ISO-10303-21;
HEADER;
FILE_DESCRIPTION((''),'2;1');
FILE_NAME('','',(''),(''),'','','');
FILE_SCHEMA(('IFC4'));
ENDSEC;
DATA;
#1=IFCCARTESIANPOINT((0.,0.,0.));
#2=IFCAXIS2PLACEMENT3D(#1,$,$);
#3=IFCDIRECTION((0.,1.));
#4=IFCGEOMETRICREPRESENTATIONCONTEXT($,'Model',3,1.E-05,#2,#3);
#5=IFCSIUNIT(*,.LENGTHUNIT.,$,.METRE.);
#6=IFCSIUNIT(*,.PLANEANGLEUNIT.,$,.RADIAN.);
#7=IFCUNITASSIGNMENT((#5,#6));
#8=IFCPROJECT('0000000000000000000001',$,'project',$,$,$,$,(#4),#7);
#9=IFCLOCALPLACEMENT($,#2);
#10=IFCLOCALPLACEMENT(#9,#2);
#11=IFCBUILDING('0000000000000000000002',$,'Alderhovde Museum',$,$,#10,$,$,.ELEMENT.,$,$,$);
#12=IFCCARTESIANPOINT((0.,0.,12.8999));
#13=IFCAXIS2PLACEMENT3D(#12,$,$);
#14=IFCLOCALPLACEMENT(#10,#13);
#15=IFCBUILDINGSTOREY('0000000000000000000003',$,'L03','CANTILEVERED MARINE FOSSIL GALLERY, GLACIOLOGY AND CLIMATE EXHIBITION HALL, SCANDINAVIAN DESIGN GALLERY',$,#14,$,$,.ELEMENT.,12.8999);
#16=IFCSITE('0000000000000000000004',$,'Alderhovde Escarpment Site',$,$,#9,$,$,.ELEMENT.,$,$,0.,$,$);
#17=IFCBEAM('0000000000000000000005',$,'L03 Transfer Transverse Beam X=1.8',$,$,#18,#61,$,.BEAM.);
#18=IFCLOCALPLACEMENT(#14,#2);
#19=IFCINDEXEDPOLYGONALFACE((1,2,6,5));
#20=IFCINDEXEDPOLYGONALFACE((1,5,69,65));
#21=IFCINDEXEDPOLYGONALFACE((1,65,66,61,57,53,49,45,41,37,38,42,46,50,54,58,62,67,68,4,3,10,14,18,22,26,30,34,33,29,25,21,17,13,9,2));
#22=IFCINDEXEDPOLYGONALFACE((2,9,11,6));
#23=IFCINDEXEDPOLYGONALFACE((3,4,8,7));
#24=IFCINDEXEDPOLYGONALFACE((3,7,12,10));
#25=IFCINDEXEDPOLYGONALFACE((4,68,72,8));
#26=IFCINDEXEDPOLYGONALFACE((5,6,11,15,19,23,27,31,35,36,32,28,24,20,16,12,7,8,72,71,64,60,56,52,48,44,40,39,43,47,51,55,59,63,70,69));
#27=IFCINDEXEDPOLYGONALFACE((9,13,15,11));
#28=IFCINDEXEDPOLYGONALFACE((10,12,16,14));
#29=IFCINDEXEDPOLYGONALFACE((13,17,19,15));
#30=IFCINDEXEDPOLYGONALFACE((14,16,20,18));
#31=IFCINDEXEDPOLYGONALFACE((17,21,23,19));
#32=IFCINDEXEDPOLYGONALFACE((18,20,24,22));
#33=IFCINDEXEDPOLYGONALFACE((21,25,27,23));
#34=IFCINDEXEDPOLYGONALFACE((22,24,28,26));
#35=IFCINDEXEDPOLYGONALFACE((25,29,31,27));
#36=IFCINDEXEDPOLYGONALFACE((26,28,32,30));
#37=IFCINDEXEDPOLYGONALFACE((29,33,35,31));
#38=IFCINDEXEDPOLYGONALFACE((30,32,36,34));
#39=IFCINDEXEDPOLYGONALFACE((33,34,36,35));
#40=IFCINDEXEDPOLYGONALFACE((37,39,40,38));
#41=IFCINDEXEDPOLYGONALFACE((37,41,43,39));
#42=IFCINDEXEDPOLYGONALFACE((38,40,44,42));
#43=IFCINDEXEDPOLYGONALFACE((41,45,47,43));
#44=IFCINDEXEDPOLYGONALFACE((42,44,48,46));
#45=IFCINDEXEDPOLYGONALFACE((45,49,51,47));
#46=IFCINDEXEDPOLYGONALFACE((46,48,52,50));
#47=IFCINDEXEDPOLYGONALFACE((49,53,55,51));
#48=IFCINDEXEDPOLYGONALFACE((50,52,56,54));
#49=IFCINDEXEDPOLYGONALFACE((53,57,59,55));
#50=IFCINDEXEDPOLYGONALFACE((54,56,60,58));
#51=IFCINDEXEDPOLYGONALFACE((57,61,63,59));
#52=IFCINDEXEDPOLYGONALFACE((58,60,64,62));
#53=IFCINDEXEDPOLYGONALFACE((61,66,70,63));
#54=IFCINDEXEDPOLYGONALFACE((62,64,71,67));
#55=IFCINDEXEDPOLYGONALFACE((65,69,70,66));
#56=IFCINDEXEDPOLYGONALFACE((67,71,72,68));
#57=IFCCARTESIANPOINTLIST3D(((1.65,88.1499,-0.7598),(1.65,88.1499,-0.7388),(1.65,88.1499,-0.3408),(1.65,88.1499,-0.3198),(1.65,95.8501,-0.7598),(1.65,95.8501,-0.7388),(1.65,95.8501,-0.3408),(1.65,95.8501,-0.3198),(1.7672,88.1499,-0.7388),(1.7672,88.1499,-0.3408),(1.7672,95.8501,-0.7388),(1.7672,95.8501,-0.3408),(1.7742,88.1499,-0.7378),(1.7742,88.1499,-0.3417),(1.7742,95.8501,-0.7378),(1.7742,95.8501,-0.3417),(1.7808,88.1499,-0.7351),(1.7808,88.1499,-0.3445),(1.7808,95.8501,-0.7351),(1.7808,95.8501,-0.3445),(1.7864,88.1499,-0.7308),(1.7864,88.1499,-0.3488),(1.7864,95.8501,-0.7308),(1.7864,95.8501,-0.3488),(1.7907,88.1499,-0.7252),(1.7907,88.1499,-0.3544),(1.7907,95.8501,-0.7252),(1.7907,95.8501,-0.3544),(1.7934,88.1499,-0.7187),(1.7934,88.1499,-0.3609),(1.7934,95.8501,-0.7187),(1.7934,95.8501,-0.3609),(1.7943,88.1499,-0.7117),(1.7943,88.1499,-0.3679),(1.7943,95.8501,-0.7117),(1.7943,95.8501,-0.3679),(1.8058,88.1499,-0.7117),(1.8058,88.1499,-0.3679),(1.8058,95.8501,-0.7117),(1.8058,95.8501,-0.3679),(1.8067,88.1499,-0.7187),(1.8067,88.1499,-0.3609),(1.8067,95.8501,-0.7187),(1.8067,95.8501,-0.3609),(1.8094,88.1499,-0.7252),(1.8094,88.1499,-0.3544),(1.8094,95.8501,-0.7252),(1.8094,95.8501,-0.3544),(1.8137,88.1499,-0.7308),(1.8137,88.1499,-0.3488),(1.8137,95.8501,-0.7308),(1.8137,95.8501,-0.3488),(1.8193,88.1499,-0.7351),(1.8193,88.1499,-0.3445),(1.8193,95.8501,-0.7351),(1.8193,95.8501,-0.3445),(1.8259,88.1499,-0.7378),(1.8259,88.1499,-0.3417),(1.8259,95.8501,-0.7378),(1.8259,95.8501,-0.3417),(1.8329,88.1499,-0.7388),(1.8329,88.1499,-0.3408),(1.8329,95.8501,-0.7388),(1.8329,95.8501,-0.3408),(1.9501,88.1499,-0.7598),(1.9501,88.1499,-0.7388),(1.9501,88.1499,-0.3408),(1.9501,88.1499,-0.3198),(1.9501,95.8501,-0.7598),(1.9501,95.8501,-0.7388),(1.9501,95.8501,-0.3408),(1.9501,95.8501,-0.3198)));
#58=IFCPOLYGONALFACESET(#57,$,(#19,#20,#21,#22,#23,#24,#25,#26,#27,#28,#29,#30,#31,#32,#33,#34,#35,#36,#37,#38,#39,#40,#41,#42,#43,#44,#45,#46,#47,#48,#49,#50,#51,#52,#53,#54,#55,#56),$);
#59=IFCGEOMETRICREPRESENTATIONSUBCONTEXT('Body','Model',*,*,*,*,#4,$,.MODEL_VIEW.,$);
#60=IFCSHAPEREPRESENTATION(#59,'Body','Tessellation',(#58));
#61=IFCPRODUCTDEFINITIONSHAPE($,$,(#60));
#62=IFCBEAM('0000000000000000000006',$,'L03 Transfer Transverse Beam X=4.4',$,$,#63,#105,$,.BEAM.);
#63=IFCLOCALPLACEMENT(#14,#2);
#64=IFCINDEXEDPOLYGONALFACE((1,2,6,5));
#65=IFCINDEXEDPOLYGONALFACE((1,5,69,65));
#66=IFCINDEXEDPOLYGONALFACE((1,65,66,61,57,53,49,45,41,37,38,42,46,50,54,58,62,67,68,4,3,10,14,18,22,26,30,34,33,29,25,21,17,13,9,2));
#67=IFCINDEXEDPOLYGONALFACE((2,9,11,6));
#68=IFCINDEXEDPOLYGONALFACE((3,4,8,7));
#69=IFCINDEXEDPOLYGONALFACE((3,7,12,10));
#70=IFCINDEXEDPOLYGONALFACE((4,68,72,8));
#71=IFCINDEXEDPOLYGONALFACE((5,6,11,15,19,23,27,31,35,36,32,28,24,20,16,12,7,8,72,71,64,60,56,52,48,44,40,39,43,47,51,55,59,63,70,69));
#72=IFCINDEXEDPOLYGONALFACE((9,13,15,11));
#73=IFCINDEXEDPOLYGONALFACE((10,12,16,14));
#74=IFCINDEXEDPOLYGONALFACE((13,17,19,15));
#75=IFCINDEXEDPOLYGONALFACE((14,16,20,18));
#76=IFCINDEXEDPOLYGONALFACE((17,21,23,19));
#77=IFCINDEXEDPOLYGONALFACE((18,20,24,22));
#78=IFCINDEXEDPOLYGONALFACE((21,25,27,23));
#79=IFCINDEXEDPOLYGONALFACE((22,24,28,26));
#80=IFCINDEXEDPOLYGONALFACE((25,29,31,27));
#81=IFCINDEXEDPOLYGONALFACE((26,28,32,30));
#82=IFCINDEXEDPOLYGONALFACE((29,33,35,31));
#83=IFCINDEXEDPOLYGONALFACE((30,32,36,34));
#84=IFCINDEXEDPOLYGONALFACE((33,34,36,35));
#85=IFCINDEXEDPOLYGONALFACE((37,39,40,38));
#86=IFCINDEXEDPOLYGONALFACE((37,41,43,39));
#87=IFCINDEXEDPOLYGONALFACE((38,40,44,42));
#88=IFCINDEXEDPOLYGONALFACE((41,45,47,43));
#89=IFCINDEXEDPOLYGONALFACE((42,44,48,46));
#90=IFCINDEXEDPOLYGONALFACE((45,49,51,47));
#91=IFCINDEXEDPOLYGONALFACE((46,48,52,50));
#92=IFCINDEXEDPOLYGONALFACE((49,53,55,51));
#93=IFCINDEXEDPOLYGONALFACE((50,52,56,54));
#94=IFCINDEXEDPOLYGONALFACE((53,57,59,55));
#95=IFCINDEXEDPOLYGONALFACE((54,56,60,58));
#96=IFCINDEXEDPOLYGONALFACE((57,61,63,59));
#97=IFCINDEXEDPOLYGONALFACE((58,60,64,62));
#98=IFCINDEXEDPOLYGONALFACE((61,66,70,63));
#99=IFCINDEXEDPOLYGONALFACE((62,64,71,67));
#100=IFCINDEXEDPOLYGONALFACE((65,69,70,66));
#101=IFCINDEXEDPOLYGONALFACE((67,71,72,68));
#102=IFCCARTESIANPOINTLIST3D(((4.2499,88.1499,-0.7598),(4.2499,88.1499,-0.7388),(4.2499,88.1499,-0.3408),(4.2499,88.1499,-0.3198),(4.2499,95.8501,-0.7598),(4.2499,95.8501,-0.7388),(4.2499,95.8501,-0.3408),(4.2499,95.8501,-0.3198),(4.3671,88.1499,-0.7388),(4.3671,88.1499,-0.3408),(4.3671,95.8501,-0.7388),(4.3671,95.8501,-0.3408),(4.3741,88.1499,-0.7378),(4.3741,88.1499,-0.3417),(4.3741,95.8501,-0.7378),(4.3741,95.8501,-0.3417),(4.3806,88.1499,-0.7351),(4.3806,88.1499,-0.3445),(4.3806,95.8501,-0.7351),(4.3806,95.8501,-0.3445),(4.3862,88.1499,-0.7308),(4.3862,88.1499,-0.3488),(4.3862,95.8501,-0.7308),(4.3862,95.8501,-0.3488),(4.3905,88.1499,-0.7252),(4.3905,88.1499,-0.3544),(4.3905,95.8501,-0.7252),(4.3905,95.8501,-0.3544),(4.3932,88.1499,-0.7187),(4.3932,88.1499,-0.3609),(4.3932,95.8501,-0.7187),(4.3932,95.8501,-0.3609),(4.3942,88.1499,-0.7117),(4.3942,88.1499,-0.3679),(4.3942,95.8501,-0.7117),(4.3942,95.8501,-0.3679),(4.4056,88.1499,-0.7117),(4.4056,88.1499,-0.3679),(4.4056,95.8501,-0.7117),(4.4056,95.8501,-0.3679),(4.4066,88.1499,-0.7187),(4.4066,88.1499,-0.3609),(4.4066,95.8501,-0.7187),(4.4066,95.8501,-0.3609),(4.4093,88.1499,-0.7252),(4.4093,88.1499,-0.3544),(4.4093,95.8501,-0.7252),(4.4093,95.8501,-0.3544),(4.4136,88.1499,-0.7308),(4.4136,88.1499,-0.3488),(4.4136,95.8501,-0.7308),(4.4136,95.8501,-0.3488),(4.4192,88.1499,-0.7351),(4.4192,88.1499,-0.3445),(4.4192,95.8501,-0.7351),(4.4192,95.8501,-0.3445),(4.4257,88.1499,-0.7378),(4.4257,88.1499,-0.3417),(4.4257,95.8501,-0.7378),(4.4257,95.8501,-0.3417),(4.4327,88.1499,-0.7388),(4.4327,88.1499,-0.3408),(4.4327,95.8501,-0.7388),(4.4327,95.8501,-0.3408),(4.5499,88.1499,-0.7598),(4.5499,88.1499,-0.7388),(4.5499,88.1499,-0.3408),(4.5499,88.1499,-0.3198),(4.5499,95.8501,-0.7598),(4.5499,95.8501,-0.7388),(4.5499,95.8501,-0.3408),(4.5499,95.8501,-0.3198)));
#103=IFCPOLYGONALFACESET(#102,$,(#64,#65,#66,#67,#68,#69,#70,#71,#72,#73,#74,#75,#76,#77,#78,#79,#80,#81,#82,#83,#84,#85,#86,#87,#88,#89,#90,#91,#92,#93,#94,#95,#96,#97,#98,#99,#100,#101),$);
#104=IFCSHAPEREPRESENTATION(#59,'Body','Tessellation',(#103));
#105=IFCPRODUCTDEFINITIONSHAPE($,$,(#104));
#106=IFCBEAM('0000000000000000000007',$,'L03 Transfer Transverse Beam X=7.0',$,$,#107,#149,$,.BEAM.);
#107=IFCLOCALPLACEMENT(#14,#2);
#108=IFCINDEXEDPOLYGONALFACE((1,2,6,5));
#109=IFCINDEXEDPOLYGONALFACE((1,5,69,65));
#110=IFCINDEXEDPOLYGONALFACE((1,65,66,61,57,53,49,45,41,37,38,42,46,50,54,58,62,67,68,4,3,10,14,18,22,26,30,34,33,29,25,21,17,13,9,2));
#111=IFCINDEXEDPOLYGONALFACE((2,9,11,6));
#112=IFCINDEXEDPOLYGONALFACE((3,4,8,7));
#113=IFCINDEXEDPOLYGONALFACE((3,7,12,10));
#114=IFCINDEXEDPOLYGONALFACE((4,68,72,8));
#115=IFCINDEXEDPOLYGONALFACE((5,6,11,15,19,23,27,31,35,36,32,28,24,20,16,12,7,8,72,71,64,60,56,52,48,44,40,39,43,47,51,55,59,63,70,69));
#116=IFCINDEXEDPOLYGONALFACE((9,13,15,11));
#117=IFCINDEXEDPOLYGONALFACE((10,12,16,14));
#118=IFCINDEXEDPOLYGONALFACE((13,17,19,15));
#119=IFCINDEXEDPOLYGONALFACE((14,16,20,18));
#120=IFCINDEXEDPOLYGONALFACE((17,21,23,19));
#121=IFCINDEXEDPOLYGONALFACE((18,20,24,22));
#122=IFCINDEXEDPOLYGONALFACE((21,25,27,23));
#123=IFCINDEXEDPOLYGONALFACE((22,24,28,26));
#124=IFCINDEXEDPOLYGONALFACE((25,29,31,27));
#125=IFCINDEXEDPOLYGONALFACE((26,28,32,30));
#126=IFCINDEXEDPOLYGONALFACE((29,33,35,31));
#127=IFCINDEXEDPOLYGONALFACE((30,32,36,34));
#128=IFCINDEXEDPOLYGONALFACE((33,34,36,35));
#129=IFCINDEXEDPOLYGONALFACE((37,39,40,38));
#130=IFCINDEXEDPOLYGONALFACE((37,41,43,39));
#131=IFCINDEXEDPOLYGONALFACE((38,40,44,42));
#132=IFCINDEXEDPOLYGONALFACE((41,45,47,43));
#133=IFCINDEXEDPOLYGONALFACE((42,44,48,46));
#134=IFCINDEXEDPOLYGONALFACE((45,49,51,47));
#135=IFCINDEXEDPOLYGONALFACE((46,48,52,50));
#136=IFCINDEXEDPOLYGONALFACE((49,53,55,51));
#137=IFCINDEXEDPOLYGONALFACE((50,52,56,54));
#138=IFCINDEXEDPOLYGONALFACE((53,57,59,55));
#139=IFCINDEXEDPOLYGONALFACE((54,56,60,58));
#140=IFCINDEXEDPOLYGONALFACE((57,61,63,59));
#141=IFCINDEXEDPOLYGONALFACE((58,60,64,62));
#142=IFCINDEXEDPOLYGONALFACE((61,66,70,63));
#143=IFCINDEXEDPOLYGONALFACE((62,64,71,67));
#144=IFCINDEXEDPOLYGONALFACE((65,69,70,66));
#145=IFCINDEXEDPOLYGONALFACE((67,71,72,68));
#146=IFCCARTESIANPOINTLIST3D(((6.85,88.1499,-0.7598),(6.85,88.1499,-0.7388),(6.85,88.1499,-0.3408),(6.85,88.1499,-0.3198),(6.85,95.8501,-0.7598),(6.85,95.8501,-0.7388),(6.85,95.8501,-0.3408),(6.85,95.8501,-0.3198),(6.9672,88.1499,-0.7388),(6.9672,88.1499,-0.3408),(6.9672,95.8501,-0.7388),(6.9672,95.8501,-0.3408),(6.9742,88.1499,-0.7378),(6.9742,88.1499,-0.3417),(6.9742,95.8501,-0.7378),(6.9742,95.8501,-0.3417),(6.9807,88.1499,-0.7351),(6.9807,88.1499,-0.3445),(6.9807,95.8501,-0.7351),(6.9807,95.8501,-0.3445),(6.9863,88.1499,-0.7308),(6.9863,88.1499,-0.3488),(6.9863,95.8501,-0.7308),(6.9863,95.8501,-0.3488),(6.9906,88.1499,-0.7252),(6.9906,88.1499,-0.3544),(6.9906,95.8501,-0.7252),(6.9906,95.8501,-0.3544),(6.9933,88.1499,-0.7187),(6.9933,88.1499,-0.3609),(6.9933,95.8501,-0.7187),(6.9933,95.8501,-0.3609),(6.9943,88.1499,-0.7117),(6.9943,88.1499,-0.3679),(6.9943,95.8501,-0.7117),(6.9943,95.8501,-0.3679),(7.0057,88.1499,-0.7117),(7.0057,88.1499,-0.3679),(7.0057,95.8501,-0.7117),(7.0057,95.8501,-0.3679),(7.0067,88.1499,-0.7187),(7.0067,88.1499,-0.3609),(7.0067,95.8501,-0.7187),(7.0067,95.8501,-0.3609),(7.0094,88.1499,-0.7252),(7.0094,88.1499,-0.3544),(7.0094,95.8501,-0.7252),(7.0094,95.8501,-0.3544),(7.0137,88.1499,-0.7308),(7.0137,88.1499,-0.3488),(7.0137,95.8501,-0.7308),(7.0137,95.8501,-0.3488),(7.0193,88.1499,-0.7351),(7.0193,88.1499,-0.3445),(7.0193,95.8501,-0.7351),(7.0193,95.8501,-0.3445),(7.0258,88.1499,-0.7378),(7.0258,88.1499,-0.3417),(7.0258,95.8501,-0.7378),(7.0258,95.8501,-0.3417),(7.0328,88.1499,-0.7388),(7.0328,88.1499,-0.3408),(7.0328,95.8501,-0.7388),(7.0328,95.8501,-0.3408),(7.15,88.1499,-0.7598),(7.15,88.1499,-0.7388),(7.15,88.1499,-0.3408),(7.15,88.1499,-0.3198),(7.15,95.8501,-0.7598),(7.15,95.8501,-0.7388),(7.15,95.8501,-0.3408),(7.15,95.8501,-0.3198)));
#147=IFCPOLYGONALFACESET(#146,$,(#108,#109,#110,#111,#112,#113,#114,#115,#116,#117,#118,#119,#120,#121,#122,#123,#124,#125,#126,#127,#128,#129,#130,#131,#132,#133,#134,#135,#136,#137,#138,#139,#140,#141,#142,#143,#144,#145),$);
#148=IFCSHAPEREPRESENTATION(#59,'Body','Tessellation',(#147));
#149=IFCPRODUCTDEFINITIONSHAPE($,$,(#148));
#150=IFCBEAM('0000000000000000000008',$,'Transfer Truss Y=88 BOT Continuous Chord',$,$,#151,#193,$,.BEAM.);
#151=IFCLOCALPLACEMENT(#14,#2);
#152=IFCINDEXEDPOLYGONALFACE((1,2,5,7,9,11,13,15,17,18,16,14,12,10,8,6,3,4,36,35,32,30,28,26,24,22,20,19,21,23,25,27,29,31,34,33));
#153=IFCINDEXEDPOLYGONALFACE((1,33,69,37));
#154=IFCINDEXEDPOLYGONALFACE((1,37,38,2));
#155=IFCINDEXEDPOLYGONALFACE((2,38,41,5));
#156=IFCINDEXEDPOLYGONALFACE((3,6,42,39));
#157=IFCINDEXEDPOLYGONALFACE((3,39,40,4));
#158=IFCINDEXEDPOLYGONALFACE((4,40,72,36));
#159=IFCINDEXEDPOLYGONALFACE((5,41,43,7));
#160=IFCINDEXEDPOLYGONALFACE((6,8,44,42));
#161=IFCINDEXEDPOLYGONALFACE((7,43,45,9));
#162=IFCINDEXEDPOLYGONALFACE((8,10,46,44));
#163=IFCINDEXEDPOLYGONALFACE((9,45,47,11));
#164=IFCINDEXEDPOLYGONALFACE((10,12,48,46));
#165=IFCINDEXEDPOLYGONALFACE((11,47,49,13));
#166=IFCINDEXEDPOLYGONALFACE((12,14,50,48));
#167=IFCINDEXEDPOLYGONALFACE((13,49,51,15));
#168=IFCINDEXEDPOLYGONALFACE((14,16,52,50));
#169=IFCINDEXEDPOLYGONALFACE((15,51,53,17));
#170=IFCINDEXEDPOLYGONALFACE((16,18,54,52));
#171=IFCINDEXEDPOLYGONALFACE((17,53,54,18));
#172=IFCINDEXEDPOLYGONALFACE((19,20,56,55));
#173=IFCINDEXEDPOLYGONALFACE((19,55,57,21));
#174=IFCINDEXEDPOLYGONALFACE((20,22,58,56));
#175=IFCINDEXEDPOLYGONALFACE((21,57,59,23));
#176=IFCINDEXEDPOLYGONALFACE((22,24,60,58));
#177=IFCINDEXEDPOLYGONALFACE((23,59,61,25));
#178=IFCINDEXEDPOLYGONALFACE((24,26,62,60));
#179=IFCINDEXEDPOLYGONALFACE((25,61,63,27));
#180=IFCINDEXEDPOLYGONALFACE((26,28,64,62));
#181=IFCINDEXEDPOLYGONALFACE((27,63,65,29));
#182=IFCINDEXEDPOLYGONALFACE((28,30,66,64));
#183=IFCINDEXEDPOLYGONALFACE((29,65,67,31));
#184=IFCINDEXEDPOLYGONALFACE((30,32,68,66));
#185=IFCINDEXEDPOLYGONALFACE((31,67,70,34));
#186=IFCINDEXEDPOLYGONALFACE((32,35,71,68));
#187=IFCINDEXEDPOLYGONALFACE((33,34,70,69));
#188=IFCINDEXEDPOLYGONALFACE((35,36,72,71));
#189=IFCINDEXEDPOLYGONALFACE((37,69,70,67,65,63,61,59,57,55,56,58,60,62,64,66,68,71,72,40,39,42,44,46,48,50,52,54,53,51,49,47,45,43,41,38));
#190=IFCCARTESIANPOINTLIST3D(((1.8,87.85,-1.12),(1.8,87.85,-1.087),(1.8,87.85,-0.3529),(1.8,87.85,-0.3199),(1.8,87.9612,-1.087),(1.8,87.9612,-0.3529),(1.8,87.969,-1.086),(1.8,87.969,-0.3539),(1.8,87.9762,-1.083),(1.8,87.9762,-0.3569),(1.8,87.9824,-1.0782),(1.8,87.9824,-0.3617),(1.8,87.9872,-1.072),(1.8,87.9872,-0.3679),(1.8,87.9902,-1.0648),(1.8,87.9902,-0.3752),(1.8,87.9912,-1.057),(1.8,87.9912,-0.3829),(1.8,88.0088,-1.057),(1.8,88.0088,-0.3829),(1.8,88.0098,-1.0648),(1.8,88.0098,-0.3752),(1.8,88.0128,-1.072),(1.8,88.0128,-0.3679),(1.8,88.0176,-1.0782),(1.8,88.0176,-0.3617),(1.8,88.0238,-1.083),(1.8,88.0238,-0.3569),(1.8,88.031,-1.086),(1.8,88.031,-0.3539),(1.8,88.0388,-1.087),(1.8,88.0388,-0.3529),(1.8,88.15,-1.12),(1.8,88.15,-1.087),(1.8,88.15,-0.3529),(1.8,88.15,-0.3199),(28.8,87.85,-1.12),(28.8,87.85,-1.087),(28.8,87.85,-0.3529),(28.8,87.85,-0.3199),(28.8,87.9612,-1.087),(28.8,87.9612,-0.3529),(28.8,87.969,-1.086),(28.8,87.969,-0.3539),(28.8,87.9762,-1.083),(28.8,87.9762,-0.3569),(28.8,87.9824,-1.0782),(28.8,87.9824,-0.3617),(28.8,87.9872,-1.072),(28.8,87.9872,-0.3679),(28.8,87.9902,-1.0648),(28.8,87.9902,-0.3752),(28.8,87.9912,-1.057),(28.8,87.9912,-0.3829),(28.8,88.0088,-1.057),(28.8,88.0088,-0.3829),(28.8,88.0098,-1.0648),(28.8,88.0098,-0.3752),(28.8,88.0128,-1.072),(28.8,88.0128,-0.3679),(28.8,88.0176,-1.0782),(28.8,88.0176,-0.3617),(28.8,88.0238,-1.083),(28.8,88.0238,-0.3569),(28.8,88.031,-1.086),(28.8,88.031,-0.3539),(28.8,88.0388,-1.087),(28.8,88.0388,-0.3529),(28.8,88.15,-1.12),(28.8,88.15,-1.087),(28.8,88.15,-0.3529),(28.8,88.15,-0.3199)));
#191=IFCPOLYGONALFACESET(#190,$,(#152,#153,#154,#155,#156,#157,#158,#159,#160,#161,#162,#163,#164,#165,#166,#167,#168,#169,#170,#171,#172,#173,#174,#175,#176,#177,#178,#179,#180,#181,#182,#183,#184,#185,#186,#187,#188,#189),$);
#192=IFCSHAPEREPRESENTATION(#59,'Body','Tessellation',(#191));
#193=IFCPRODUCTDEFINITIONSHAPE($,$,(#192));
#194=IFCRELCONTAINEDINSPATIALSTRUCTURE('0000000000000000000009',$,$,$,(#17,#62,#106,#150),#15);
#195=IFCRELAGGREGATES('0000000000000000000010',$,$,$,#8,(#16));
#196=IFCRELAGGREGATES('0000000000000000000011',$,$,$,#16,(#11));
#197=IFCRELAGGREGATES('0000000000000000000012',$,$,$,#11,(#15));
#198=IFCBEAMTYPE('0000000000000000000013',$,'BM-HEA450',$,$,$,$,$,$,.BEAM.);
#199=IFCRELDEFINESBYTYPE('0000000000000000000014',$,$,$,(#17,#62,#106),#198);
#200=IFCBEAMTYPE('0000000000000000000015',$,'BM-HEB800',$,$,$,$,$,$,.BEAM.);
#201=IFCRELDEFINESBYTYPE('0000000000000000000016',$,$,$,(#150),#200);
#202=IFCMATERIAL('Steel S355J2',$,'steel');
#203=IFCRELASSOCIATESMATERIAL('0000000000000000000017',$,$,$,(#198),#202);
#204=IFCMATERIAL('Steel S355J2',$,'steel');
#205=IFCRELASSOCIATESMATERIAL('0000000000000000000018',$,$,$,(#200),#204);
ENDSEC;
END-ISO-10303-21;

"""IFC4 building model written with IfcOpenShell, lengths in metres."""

from ifc_helpers import new_model, si_unit, direction, frame, origin, origin_2d, place, context, subcontext, project, spatial, i_section, extrude, material, material_profile, profile_set, type_object, element, save


model = new_model("IFC4")

# Units and contexts
model_context = context("Model", 3, precision=1e-05, world=origin(), true_north=direction((0.0, 1.0)))
body_context = subcontext(model_context, "Body", "Model", "MODEL_VIEW")
ifc_project = project(units=[si_unit("LENGTHUNIT", "METRE"), si_unit("PLANEANGLEUNIT", "RADIAN")], contexts=[model_context])

# Site, building, storey
site_placement = place(None, origin())
site = spatial("IfcSite", under=ifc_project, at=site_placement, Name="Alderhovde Escarpment Site", CompositionType="ELEMENT", RefElevation=0.0)
building_placement = place(site_placement, origin())
building = spatial("IfcBuilding", under=site, at=building_placement, Name="Alderhovde Museum", CompositionType="ELEMENT")
storey_placement = place(building_placement, frame((0.0, 0.0, 12.8999)))
storey = spatial("IfcBuildingStorey", under=building, at=storey_placement, Name="L03", Description="CANTILEVERED MARINE FOSSIL GALLERY, GLACIOLOGY AND CLIMATE EXHIBITION HALL, SCANDINAVIAN DESIGN GALLERY", CompositionType="ELEMENT", Elevation=12.8999)

# Beams
ifc_material_1 = material(Name="Steel S355J2", Category="steel")
ifc_material_profile_1 = material_profile(ifc_material_1, i_section(OverallWidth=0.3, OverallDepth=0.4399, WebThickness=0.0115, FlangeThickness=0.021, FilletRadius=0.0271, at=origin_2d()), Name="HEA 450")
ifc_profile_set_1 = profile_set([ifc_material_profile_1], Name="Steel S355J2")
beam_type_1 = type_object("IfcBeamType", Name="BM-HEA450", PredefinedType="BEAM", material=ifc_profile_set_1)
for number, where, z_axis, x_axis, name in (
    (1, (1.8, 88.1499, -0.5398), (0.0, 1.0, 0.0), (-1.0, 0.0, 0.0), "L03 Transfer Transverse Beam X=1.8"),
    (2, (4.3999, 88.1499, -0.5398), (0.0, 1.0, 0.0), (-1.0, 0.0, 0.0), "L03 Transfer Transverse Beam X=4.4"),
    (3, (7.0, 88.1499, -0.5398), (0.0, 1.0, 0.0), (-1.0, 0.0, 0.0), "L03 Transfer Transverse Beam X=7.0"),
):
    element("IfcBeam", number, at=place(storey_placement, frame(where, z_axis=z_axis, x_axis=x_axis)), inside=storey, type_object=beam_type_1, Name=name, PredefinedType="BEAM", context=body_context, shape_type="SweptSolid", body=[
        extrude(i_section(OverallWidth=0.3, OverallDepth=0.4399, WebThickness=0.0115, FlangeThickness=0.021, FilletRadius=0.0271, at=origin_2d()), origin(), (0.0, 0.0, 1.0), 7.7002),
    ])
ifc_material_2 = material(Name="Steel S355J2", Category="steel")
ifc_material_profile_2 = material_profile(ifc_material_2, i_section(OverallWidth=0.3, OverallDepth=0.8, WebThickness=0.0176, FlangeThickness=0.033, FilletRadius=0.03, at=origin_2d()), Name="HEB 800")
ifc_profile_set_2 = profile_set([ifc_material_profile_2], Name="Steel S355J2")
beam_type_2 = type_object("IfcBeamType", Name="BM-HEB800", PredefinedType="BEAM", material=ifc_profile_set_2)
beam_placement = place(storey_placement, frame((1.8, 88.0, -0.72), z_axis=(1.0, 0.0, 0.0), x_axis=(0.0, 1.0, 0.0)))
element("IfcBeam", 4, at=beam_placement, inside=storey, type_object=beam_type_2, Name="Transfer Truss Y=88 BOT Continuous Chord", PredefinedType="BEAM", context=body_context, shape_type="SweptSolid", body=[
    extrude(i_section(OverallWidth=0.3, OverallDepth=0.8, WebThickness=0.0176, FlangeThickness=0.033, FilletRadius=0.03, at=origin_2d()), origin(), (0.0, 0.0, 1.0), 27.0),
])

save(model, "model.ifc")
